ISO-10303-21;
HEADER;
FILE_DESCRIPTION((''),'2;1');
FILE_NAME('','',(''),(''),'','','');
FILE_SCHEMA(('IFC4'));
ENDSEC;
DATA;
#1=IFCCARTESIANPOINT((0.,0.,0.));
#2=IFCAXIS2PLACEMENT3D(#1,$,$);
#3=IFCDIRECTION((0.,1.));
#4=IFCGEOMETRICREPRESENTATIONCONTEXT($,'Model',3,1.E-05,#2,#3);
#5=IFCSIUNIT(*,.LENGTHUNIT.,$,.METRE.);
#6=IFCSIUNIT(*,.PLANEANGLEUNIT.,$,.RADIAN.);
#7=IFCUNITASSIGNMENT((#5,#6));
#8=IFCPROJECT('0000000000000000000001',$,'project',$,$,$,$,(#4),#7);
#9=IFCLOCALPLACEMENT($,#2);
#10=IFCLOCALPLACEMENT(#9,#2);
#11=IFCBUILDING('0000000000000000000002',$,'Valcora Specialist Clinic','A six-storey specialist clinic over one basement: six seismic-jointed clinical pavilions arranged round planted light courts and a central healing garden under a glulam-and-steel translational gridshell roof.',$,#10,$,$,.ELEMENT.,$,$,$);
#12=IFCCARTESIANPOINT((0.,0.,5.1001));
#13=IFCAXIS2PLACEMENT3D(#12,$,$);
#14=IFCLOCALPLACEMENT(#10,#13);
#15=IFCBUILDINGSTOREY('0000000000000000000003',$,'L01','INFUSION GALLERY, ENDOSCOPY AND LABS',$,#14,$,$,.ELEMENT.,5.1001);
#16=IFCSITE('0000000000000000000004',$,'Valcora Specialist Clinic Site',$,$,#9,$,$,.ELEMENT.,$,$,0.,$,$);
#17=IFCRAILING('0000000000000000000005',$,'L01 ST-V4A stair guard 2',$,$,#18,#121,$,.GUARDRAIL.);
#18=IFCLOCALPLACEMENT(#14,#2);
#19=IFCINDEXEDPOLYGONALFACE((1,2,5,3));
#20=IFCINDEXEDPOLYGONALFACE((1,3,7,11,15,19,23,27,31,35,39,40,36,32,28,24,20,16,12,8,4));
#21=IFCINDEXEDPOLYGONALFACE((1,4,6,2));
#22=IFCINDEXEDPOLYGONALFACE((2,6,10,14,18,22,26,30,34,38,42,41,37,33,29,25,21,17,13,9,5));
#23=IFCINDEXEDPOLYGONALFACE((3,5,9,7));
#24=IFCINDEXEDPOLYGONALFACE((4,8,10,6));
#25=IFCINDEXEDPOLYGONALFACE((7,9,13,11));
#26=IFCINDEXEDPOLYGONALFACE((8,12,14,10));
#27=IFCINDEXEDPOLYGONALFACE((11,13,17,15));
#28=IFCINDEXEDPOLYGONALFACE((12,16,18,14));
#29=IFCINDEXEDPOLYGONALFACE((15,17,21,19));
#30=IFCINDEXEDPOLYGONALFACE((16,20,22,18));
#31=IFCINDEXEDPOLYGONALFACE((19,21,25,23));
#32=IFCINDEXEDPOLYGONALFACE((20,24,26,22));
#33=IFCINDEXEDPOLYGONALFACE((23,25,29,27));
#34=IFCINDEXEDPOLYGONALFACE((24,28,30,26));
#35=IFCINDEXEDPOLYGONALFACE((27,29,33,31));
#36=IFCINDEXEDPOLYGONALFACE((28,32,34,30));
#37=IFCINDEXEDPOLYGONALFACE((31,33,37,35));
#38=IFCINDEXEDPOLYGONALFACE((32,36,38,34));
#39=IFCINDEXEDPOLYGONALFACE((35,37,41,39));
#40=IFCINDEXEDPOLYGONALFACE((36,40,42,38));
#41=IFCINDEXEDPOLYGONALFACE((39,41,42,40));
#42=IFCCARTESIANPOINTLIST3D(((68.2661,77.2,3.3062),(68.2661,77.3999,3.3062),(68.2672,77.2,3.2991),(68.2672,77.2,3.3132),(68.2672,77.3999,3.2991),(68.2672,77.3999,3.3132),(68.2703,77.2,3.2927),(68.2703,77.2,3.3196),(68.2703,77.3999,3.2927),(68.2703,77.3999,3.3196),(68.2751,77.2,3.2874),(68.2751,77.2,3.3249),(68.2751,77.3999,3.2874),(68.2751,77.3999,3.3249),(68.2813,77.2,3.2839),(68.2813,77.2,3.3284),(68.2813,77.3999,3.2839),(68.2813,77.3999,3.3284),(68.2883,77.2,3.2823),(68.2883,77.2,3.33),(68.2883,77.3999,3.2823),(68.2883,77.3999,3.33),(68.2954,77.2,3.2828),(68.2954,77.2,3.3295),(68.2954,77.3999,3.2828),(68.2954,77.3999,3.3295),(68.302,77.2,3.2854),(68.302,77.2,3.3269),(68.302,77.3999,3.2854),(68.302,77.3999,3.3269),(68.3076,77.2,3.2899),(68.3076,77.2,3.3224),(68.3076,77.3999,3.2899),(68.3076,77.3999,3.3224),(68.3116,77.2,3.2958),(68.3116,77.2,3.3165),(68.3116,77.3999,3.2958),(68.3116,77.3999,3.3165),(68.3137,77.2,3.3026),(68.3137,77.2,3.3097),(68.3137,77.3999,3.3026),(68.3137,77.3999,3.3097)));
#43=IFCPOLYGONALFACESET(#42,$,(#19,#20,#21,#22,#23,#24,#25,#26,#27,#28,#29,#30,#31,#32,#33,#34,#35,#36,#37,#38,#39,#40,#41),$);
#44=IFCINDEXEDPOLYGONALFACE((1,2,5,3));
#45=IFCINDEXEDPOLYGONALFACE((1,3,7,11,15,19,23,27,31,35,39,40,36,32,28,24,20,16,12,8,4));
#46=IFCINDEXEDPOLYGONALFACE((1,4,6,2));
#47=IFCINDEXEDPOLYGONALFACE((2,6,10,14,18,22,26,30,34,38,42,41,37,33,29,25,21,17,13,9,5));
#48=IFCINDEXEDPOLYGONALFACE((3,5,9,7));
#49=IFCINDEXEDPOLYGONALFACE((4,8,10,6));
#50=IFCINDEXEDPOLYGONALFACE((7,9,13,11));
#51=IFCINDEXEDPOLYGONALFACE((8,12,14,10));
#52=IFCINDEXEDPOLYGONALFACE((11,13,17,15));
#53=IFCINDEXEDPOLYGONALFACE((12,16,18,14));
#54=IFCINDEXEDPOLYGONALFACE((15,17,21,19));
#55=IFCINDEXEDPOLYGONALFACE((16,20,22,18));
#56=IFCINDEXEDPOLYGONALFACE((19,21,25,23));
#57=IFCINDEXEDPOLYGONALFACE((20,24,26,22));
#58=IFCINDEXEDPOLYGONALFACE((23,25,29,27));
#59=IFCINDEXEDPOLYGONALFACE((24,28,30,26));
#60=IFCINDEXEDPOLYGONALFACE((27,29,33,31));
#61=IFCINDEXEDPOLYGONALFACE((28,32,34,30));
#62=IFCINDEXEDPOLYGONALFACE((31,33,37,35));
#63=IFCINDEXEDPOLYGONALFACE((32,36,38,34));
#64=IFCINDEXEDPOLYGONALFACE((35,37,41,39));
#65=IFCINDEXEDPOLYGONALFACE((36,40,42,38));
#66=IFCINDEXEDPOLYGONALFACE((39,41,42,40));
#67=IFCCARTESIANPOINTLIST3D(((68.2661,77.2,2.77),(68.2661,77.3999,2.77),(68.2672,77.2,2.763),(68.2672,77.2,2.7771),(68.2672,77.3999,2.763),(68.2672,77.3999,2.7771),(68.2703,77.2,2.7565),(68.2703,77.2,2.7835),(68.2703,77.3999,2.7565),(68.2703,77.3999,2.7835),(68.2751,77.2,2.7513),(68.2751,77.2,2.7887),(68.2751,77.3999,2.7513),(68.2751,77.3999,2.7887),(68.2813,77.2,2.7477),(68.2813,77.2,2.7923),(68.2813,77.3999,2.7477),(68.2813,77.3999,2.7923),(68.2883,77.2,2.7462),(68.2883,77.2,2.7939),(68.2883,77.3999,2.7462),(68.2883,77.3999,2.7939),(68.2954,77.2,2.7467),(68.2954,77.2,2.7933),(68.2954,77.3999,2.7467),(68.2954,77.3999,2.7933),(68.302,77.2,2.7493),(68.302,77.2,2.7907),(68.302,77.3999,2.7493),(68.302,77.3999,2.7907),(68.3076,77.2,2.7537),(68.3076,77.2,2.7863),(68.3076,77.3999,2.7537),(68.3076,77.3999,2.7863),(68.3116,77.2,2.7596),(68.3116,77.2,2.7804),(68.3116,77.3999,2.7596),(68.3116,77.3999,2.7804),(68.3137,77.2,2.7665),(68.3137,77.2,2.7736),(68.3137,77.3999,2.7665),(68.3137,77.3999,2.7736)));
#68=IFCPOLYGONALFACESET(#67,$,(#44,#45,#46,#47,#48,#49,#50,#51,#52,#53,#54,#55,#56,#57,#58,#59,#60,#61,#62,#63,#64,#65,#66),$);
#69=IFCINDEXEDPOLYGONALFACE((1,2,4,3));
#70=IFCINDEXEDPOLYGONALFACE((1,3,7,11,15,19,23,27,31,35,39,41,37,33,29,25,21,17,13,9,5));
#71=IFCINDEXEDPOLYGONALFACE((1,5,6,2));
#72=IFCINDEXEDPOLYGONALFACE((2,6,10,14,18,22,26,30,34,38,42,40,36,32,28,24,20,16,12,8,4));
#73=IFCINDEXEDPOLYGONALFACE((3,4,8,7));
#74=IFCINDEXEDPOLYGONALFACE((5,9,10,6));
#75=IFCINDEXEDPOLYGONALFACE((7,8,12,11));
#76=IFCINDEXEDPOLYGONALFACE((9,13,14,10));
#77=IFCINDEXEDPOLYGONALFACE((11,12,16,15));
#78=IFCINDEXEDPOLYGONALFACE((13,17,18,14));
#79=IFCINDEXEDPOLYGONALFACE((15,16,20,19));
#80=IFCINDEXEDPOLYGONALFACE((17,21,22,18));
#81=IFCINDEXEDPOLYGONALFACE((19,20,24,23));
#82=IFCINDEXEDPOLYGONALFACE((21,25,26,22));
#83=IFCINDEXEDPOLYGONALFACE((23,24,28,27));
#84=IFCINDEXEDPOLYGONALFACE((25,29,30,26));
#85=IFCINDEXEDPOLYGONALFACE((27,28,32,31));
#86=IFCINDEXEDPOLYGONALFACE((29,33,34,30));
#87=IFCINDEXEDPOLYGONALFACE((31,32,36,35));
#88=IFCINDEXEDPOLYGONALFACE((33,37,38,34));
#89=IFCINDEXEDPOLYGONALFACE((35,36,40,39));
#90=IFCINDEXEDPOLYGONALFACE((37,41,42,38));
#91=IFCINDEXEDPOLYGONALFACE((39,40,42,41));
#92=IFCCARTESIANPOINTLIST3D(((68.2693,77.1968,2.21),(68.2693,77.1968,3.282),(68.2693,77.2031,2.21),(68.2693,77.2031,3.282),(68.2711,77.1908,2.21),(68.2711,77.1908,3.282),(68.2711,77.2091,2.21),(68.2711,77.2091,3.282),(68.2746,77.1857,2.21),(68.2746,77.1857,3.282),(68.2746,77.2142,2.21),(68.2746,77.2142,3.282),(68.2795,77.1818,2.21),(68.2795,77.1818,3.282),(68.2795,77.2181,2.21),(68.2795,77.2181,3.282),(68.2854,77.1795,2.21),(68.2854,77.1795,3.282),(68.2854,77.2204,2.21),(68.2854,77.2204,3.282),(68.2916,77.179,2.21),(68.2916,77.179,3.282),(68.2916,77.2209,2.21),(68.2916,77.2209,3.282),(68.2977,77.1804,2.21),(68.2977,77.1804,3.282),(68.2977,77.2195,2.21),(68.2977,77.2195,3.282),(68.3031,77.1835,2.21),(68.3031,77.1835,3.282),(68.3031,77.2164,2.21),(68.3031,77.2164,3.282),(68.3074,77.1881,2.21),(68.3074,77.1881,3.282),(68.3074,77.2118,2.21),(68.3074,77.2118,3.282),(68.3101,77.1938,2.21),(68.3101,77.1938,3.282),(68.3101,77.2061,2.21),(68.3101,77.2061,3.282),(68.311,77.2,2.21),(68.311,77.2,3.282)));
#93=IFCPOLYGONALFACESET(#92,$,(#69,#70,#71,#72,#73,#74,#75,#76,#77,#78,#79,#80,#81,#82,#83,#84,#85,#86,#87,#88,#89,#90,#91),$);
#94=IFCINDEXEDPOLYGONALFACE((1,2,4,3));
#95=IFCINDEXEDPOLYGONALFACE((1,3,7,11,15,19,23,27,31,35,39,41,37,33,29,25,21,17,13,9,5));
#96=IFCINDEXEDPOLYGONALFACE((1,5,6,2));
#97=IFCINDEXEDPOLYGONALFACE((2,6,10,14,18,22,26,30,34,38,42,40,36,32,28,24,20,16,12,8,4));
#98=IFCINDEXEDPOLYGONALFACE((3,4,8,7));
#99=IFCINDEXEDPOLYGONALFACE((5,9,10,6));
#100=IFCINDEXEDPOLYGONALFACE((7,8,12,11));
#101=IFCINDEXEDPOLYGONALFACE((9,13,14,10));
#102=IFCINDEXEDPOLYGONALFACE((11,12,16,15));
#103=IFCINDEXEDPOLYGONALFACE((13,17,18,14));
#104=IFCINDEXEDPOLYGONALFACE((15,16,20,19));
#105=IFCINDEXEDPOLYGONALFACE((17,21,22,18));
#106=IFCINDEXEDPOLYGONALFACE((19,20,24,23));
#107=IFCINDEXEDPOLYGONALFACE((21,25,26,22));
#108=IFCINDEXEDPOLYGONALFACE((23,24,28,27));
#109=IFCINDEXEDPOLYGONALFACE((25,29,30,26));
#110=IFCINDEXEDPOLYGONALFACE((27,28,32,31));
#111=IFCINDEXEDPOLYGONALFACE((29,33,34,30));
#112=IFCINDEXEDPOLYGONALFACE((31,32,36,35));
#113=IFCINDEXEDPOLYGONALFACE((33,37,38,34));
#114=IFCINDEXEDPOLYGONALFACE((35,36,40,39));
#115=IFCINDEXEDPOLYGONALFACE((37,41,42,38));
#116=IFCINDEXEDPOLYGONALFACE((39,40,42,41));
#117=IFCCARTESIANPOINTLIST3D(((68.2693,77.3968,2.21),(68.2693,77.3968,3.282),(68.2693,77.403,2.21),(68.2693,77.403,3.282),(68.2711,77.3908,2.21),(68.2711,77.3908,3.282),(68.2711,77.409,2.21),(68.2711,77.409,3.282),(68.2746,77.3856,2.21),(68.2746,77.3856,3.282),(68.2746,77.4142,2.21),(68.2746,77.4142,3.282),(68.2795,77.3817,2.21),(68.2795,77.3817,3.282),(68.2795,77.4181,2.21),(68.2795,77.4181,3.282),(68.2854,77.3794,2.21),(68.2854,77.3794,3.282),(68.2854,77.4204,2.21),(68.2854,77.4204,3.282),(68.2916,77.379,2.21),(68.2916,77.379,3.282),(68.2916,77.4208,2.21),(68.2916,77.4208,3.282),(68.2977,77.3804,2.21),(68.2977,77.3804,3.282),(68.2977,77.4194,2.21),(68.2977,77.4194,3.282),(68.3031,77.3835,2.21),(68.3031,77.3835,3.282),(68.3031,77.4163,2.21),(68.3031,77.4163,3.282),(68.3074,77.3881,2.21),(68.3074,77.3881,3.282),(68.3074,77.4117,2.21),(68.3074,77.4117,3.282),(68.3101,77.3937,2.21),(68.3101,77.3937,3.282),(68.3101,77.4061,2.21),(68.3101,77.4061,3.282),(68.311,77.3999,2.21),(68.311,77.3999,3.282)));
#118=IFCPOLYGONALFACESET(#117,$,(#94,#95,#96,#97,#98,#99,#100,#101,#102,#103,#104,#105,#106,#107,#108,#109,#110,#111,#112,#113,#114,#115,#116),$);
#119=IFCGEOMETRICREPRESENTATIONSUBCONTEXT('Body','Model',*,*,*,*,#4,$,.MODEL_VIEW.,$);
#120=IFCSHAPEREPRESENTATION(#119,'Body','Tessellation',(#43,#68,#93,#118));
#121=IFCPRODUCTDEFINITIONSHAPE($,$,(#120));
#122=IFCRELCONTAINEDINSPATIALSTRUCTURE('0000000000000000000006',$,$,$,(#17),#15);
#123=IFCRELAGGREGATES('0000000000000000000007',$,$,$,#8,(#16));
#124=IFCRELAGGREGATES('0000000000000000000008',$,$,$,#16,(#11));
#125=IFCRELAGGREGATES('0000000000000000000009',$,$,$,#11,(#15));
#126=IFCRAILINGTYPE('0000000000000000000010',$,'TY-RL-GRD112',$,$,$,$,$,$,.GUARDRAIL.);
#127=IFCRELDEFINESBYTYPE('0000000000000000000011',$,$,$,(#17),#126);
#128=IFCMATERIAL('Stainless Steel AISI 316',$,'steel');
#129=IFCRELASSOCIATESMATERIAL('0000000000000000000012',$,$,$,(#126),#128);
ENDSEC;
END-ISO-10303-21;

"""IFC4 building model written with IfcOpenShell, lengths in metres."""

from ifc_helpers import new_model, si_unit, direction, frame, origin, origin_2d, place, context, subcontext, project, spatial, circle, extrude, material, type_object, element, save


model = new_model("IFC4")

# Units and contexts
model_context = context("Model", 3, precision=1e-05, world=origin(), true_north=direction((0.0, 1.0)))
body_context = subcontext(model_context, "Body", "Model", "MODEL_VIEW")
ifc_project = project(units=[si_unit("LENGTHUNIT", "METRE"), si_unit("PLANEANGLEUNIT", "RADIAN")], contexts=[model_context])

# Site, building, storey
site_placement = place(None, origin())
site = spatial("IfcSite", under=ifc_project, at=site_placement, Name="Valcora Specialist Clinic Site", CompositionType="ELEMENT", RefElevation=0.0)
building_placement = place(site_placement, origin())
building = spatial("IfcBuilding", under=site, at=building_placement, Name="Valcora Specialist Clinic", Description="A six-storey specialist clinic over one basement: six seismic-jointed clinical pavilions arranged round planted light courts and a central healing garden under a glulam-and-steel translational gridshell roof.", CompositionType="ELEMENT")
storey_placement = place(building_placement, frame((0.0, 0.0, 5.1001)))
storey = spatial("IfcBuildingStorey", under=building, at=storey_placement, Name="L01", Description="INFUSION GALLERY, ENDOSCOPY AND LABS", CompositionType="ELEMENT", Elevation=5.1001)

# Railing
ifc_material_1 = material(Name="Stainless Steel AISI 316", Category="steel")
railing_type_1 = type_object("IfcRailingType", Name="TY-RL-GRD112", PredefinedType="GUARDRAIL", material=ifc_material_1)
railing_1_placement = place(storey_placement, frame((68.29, 77.2, 2.21)))
element("IfcRailing", 1, at=railing_1_placement, inside=storey, type_object=railing_type_1, Name="L01 ST-V4A stair guard 2", PredefinedType="GUARDRAIL", context=body_context, shape_type="SweptSolid", body=[
    extrude(circle(Radius=0.0239, at=origin_2d()), frame((0.0, 0.0, 1.0962), z_axis=(0.0, 1.0, 0.0), x_axis=(-1.0, 0.0, 0.0)), (0.0, 0.0, 1.0), 0.2),
    extrude(circle(Radius=0.0239, at=origin_2d()), frame((0.0, 0.0, 0.5601), z_axis=(0.0, 1.0, 0.0), x_axis=(-1.0, 0.0, 0.0)), (0.0, 0.0, 1.0), 0.2),
    extrude(circle(Radius=0.021, at=origin_2d()), origin(), (0.0, 0.0, 1.0), 1.072),
    extrude(circle(Radius=0.021, at=origin_2d()), frame((0.0, 0.2, 0.0)), (0.0, 0.0, 1.0), 1.072),
])

save(model, "model.ifc")
